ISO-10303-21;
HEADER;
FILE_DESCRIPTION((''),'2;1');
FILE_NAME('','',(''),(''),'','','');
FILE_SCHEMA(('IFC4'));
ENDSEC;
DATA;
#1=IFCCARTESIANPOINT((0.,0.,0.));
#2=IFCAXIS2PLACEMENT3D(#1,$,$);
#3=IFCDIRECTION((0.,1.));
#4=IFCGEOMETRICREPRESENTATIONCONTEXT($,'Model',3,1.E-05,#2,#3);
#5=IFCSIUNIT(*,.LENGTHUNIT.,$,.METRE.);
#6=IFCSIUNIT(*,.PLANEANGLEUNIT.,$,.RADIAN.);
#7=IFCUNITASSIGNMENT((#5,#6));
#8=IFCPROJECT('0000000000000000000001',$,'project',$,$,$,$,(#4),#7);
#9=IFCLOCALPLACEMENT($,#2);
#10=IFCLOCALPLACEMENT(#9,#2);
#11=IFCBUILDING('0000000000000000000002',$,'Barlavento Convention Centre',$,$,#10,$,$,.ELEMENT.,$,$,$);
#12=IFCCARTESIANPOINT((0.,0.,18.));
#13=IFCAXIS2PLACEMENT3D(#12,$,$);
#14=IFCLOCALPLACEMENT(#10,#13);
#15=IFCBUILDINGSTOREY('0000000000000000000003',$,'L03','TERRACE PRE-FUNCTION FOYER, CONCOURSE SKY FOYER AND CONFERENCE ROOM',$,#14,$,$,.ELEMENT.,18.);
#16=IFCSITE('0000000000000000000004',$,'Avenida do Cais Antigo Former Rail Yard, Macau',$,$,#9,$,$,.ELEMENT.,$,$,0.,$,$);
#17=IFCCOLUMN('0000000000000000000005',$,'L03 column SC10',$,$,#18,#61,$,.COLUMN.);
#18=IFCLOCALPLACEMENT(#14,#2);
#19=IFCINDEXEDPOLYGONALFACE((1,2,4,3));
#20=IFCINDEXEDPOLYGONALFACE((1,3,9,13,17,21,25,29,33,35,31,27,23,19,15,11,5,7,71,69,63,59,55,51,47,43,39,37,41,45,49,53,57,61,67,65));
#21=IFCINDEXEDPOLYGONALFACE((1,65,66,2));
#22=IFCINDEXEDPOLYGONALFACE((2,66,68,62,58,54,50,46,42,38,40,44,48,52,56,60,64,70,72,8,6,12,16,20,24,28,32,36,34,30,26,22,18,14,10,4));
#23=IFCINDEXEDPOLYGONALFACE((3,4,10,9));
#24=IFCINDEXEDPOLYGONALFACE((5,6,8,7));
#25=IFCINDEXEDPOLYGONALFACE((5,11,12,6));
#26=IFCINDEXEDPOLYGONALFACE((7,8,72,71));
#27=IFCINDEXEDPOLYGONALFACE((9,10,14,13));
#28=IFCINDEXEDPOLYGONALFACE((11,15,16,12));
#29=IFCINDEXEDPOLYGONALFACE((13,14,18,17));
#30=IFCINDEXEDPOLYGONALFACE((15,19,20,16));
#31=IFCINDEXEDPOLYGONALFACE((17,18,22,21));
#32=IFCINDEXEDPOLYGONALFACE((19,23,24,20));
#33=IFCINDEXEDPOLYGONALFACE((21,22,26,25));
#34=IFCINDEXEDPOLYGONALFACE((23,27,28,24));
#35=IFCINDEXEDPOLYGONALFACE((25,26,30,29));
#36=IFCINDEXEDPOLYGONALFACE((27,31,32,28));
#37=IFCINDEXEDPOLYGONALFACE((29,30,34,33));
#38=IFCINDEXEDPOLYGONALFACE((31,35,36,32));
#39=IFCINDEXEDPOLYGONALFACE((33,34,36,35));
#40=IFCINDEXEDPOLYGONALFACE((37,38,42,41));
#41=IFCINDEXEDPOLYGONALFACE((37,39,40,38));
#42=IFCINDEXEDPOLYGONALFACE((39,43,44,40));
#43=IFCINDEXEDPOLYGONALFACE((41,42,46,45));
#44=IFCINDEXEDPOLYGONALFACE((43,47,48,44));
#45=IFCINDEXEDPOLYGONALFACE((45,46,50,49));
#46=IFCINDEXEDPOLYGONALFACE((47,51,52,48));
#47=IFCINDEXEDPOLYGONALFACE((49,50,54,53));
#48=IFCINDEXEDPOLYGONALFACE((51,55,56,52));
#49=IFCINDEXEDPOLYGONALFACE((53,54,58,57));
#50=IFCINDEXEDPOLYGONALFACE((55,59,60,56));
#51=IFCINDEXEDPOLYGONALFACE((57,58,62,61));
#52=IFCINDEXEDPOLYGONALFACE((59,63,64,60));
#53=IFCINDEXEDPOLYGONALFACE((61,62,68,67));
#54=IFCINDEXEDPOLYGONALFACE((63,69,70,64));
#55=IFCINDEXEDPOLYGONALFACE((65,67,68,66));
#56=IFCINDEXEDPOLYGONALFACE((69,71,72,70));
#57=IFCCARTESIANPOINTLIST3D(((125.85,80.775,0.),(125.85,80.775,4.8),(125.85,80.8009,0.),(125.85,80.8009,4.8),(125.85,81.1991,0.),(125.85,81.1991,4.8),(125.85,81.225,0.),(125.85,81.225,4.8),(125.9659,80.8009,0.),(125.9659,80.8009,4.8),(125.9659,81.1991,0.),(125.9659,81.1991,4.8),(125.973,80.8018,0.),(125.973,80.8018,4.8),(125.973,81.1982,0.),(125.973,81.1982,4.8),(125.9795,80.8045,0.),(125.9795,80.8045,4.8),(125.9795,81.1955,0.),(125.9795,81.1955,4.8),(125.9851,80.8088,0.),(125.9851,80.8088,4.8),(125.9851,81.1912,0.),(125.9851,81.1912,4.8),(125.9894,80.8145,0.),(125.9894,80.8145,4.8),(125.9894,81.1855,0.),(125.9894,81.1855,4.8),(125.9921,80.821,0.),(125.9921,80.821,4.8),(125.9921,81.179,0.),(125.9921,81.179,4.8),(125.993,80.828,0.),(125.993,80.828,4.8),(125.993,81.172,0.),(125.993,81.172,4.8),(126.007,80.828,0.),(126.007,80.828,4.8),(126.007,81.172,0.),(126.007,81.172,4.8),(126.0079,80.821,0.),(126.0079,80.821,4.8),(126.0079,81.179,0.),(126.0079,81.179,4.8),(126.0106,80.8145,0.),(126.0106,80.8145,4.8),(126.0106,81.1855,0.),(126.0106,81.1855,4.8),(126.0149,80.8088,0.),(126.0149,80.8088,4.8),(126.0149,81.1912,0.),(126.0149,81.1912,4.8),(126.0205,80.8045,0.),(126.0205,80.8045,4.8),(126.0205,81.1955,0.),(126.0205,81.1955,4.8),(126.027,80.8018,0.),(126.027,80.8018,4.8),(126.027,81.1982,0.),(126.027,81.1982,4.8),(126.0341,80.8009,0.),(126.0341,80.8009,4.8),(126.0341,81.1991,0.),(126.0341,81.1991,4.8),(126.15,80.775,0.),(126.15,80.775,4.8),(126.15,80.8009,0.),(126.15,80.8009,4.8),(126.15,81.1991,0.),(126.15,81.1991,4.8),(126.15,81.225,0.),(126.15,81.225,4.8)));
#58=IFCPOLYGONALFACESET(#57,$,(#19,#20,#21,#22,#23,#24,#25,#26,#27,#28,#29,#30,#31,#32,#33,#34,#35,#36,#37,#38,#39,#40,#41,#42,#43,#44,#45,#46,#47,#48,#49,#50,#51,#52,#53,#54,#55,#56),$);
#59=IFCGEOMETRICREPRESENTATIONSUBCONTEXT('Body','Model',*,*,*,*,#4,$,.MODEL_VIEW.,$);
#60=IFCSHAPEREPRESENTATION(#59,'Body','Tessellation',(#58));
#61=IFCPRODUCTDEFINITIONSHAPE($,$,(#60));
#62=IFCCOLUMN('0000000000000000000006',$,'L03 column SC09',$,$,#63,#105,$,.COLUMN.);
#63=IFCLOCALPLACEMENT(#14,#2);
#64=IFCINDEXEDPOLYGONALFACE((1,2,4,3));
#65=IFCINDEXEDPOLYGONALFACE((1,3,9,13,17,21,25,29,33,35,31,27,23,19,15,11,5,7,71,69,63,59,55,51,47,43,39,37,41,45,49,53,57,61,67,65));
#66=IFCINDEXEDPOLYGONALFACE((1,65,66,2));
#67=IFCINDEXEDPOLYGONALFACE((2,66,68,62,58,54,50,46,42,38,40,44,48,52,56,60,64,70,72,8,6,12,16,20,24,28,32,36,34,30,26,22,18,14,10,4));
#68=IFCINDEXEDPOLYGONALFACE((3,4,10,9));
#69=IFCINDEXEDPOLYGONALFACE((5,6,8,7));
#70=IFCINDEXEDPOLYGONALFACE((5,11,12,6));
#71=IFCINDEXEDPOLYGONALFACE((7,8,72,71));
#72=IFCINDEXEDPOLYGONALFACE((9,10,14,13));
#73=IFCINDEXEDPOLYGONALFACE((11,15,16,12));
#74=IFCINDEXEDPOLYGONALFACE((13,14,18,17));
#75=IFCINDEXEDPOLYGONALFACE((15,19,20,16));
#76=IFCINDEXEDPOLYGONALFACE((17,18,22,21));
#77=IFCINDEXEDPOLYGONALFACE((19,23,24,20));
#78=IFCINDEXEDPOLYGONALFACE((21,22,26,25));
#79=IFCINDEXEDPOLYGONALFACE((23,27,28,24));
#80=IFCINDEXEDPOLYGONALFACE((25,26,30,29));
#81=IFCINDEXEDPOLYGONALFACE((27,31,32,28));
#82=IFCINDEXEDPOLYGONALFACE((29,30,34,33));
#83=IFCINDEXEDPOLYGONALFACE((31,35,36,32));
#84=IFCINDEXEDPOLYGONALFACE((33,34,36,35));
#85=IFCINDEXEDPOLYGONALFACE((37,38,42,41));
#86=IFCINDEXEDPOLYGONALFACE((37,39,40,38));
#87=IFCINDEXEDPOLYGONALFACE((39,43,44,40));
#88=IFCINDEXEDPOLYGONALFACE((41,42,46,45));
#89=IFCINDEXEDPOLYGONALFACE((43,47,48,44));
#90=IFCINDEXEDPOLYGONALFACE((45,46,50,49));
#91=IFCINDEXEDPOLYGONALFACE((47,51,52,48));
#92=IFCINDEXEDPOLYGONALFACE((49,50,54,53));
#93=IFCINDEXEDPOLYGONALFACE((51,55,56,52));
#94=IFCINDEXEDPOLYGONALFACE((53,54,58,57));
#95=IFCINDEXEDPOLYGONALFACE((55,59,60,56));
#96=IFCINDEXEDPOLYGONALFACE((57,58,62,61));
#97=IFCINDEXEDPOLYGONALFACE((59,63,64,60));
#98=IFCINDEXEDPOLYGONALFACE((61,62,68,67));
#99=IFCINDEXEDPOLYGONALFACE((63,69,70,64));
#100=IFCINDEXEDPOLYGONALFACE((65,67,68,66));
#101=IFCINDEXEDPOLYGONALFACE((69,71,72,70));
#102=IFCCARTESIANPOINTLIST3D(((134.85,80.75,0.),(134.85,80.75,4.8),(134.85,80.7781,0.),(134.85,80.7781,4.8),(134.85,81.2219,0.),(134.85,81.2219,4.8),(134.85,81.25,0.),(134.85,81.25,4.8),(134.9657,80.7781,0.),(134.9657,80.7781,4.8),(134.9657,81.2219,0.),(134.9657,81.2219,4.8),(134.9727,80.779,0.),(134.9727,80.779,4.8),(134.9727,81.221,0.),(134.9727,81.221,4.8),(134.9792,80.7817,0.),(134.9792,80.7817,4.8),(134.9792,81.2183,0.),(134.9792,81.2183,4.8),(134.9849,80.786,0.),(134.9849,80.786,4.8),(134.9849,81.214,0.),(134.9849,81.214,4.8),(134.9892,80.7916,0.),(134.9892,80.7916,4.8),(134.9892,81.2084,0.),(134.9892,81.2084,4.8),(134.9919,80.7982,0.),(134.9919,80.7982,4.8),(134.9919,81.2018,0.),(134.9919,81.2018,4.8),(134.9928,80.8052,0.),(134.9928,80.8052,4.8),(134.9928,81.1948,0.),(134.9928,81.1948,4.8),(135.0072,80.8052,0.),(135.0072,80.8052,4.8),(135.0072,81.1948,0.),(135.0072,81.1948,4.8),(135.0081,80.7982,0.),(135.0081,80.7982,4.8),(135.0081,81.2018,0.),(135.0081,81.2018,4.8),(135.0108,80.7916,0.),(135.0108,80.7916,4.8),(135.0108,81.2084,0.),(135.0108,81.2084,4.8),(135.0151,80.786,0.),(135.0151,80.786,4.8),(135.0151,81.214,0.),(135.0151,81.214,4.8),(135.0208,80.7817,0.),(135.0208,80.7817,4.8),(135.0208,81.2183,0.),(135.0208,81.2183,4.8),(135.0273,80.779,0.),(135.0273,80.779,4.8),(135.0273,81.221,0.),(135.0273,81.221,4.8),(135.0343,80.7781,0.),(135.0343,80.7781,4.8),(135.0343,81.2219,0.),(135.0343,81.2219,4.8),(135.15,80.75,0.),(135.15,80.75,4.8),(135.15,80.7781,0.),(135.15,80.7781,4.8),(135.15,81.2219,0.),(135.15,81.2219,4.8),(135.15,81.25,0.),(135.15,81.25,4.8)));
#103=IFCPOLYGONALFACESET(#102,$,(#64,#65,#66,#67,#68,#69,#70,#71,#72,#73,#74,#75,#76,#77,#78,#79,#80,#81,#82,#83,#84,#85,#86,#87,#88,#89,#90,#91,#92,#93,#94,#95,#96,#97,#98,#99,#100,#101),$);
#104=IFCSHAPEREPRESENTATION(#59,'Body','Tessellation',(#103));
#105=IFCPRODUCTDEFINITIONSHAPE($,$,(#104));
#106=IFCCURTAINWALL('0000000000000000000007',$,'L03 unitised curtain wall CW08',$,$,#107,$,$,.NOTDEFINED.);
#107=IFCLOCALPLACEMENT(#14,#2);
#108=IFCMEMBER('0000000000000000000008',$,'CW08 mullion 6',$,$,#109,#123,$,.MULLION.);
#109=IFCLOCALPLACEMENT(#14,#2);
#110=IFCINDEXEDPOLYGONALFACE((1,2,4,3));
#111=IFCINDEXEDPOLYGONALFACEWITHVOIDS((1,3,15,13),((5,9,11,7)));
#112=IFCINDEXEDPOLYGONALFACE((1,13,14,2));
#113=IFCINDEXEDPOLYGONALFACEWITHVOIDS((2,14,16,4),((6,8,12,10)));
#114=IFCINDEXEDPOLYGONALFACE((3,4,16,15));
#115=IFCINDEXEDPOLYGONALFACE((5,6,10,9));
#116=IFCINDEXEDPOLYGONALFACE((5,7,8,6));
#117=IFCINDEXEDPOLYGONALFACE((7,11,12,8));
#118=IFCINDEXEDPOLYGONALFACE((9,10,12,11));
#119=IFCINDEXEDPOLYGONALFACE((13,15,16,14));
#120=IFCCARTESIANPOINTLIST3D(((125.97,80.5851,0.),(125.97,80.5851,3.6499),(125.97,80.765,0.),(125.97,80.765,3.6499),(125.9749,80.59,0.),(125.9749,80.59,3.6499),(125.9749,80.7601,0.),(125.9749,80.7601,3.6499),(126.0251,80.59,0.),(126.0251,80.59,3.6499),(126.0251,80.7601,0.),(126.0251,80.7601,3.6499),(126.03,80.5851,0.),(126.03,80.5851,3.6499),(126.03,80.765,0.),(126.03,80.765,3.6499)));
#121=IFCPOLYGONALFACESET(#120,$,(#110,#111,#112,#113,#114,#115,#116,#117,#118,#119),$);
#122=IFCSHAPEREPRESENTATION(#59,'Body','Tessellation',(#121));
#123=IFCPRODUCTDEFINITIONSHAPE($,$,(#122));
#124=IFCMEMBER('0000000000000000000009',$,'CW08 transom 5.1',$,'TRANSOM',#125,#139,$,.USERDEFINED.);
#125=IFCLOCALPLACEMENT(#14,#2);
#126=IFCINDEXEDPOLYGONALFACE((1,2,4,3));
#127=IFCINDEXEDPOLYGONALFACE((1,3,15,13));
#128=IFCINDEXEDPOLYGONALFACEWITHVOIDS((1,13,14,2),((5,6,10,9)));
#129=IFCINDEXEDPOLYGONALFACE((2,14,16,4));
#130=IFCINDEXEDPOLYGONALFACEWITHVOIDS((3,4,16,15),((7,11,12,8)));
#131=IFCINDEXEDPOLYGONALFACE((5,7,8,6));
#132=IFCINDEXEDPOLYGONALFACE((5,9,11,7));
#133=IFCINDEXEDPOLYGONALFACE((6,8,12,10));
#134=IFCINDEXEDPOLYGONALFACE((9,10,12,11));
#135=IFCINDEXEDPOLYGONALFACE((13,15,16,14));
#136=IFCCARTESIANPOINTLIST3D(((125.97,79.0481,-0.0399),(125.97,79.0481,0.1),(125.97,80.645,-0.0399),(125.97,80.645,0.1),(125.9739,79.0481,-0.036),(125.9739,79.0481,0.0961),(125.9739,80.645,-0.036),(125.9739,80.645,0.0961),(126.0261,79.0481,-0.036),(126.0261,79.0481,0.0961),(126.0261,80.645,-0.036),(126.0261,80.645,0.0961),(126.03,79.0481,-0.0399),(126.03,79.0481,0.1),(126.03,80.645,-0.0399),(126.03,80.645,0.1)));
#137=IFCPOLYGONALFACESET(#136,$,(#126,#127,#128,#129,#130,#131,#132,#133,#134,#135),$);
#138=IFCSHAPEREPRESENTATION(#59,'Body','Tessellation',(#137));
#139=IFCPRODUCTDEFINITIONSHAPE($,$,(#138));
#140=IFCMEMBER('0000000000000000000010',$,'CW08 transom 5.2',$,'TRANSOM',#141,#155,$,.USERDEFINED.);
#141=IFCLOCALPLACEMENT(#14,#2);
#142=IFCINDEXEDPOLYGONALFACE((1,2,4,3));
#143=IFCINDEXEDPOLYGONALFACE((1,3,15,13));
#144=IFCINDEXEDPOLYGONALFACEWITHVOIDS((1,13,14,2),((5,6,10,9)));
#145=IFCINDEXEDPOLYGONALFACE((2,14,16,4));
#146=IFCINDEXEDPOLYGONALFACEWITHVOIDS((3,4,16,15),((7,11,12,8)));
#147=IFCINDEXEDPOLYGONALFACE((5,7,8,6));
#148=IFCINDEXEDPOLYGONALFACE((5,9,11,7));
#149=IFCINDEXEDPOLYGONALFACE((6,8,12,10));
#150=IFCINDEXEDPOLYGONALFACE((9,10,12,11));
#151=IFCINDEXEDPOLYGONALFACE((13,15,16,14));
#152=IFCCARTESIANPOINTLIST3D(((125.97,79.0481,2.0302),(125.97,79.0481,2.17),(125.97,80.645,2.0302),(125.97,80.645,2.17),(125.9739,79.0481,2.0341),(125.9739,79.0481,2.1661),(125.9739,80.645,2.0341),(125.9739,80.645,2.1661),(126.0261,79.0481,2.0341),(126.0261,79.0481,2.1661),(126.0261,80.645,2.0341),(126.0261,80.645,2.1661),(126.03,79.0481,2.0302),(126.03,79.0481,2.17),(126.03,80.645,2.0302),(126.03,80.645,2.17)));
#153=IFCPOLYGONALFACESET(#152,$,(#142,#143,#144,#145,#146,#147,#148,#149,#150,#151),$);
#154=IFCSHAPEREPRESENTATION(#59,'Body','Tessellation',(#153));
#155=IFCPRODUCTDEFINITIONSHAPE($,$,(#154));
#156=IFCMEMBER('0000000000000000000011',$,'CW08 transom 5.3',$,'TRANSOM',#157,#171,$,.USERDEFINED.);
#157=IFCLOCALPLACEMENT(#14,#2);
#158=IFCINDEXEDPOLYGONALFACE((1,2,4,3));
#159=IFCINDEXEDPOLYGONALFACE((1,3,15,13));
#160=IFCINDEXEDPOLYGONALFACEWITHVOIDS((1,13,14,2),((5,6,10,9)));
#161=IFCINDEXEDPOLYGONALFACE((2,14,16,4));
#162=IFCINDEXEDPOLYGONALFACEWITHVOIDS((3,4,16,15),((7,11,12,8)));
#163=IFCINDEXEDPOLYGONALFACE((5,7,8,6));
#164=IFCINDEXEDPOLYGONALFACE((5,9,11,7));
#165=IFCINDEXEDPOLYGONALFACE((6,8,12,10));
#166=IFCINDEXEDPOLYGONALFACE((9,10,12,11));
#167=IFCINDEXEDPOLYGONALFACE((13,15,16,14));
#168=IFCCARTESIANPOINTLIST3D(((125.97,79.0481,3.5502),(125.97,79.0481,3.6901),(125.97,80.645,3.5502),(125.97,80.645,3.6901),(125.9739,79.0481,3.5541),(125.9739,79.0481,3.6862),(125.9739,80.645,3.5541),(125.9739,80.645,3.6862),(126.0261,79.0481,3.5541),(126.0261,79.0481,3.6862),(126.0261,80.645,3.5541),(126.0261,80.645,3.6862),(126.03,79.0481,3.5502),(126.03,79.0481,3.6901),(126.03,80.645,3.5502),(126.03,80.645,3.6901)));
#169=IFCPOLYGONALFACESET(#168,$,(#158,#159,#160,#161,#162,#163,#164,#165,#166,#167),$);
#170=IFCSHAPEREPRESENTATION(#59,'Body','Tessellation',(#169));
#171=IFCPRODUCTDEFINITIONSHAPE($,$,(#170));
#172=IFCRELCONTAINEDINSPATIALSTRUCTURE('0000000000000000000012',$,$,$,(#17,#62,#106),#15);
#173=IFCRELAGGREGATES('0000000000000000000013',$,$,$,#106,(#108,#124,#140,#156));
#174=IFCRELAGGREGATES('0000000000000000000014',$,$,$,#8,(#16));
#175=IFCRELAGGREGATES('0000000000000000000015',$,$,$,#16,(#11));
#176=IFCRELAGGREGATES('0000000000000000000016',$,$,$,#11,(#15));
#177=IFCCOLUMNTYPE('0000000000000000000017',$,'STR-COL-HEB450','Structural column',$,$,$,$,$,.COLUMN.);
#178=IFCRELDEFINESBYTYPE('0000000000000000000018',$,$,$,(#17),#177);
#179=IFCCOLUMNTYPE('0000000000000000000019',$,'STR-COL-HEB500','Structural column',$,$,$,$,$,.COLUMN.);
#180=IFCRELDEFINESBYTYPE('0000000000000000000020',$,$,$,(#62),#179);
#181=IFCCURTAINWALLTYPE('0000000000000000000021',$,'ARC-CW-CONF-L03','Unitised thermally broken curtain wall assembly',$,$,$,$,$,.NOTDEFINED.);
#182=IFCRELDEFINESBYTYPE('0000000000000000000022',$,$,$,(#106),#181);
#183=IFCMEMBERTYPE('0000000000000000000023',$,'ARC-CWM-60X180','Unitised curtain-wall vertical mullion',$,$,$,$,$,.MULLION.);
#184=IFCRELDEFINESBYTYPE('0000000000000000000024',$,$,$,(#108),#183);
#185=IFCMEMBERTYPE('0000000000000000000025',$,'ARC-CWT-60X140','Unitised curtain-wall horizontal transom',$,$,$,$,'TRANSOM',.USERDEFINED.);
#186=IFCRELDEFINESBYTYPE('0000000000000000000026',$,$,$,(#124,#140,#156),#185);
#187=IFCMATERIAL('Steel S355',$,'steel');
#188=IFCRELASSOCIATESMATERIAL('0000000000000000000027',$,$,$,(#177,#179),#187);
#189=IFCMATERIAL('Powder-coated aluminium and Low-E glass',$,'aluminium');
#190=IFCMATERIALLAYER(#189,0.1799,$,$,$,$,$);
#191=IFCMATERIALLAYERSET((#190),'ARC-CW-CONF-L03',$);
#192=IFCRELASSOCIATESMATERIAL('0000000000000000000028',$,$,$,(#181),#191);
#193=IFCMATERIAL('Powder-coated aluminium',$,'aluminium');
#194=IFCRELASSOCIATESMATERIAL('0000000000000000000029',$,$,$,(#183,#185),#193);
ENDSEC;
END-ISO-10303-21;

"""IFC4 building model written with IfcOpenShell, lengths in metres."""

from ifc_helpers import new_model, si_unit, direction, frame, origin, origin_2d, place, context, subcontext, project, spatial, hollow_rectangle, i_section, extrude, material, layer, layer_set, material_profile, profile_set, type_object, element, aggregate, save


model = new_model("IFC4")

# Units and contexts
model_context = context("Model", 3, precision=1e-05, world=origin(), true_north=direction((0.0, 1.0)))
body_context = subcontext(model_context, "Body", "Model", "MODEL_VIEW")
ifc_project = project(units=[si_unit("LENGTHUNIT", "METRE"), si_unit("PLANEANGLEUNIT", "RADIAN")], contexts=[model_context])

# Site, building, storey
site_placement = place(None, origin())
site = spatial("IfcSite", under=ifc_project, at=site_placement, Name="Avenida do Cais Antigo Former Rail Yard, Macau", CompositionType="ELEMENT", RefElevation=0.0)
building_placement = place(site_placement, origin())
building = spatial("IfcBuilding", under=site, at=building_placement, Name="Barlavento Convention Centre", CompositionType="ELEMENT")
storey_placement = place(building_placement, frame((0.0, 0.0, 18.0)))
storey = spatial("IfcBuildingStorey", under=building, at=storey_placement, Name="L03", Description="TERRACE PRE-FUNCTION FOYER, CONCOURSE SKY FOYER AND CONFERENCE ROOM", CompositionType="ELEMENT", Elevation=18.0)

# Columns
ifc_material_1 = material(Name="Steel S355", Category="steel")
ifc_material_profile_1 = material_profile(ifc_material_1, i_section(OverallWidth=0.3, OverallDepth=0.45, WebThickness=0.0139, FlangeThickness=0.0259, FilletRadius=0.0271, at=origin_2d()), Name="HEB 450")
ifc_profile_set_1 = profile_set([ifc_material_profile_1], Name="Steel S355")
column_type_1 = type_object("IfcColumnType", Name="STR-COL-HEB450", Description="Structural column", PredefinedType="COLUMN", material=ifc_profile_set_1)
column_1_placement = place(storey_placement, frame((126.0, 81.0, 0.0), z_axis=(0.0, 0.0, 1.0), x_axis=(1.0, 0.0, 0.0)))
element("IfcColumn", 1, at=column_1_placement, inside=storey, type_object=column_type_1, Name="L03 column SC10", PredefinedType="COLUMN", context=body_context, shape_type="SweptSolid", body=[
    extrude(i_section(OverallWidth=0.3, OverallDepth=0.45, WebThickness=0.0139, FlangeThickness=0.0259, FilletRadius=0.0271, at=origin_2d()), origin(), (0.0, 0.0, 1.0), 4.8),
])
ifc_material_profile_2 = material_profile(ifc_material_1, i_section(OverallWidth=0.3, OverallDepth=0.5, WebThickness=0.0144, FlangeThickness=0.0281, FilletRadius=0.0271, at=origin_2d()), Name="HEB 500")
ifc_profile_set_2 = profile_set([ifc_material_profile_2], Name="Steel S355")
column_type_2 = type_object("IfcColumnType", Name="STR-COL-HEB500", Description="Structural column", PredefinedType="COLUMN", material=ifc_profile_set_2)
column_2_placement = place(storey_placement, frame((135.0, 81.0, 0.0), z_axis=(0.0, 0.0, 1.0), x_axis=(1.0, 0.0, 0.0)))
element("IfcColumn", 2, at=column_2_placement, inside=storey, type_object=column_type_2, Name="L03 column SC09", PredefinedType="COLUMN", context=body_context, shape_type="SweptSolid", body=[
    extrude(i_section(OverallWidth=0.3, OverallDepth=0.5, WebThickness=0.0144, FlangeThickness=0.0281, FilletRadius=0.0271, at=origin_2d()), origin(), (0.0, 0.0, 1.0), 4.8),
])

# Curtain wall, members
ifc_material_2 = material(Name="Powder-coated aluminium and Low-E glass", Category="aluminium")
ifc_layer_1 = layer(ifc_material_2, 0.1799)
ifc_layer_set_1 = layer_set([ifc_layer_1], Name="ARC-CW-CONF-L03")
curtain_wall_type = type_object("IfcCurtainWallType", Name="ARC-CW-CONF-L03", Description="Unitised thermally broken curtain wall assembly", PredefinedType="NOTDEFINED", material=ifc_layer_set_1)
curtain_wall_placement = place(storey_placement, origin())
curtain_wall = element("IfcCurtainWall", 3, at=curtain_wall_placement, inside=storey, type_object=curtain_wall_type, Name="L03 unitised curtain wall CW08", PredefinedType="NOTDEFINED")
ifc_material_3 = material(Name="Powder-coated aluminium", Category="aluminium")
ifc_material_profile_3 = material_profile(ifc_material_3, hollow_rectangle(XDim=0.0601, YDim=0.1799, WallThickness=0.0049, at=origin_2d()), Name="AL-MULL 60x180x5")
ifc_profile_set_3 = profile_set([ifc_material_profile_3], Name="Powder-coated aluminium")
member_type_1 = type_object("IfcMemberType", Name="ARC-CWM-60X180", Description="Unitised curtain-wall vertical mullion", PredefinedType="MULLION", material=ifc_profile_set_3)
member_1_placement = place(storey_placement, frame((126.0, 80.675, 0.0), z_axis=(0.0, 0.0, 1.0), x_axis=(-1.0, 0.0, 0.0)))
member_1 = element("IfcMember", 4, at=member_1_placement, type_object=member_type_1, Name="CW08 mullion 6", PredefinedType="MULLION", context=body_context, shape_type="SweptSolid", body=[
    extrude(hollow_rectangle(XDim=0.0601, YDim=0.1799, WallThickness=0.0049, at=origin_2d()), origin(), (0.0, 0.0, 1.0), 3.6499),
])
ifc_material_profile_4 = material_profile(ifc_material_3, hollow_rectangle(XDim=0.0601, YDim=0.1399, WallThickness=0.0039, at=origin_2d()), Name="AL-TRAN 60x140x4")
ifc_profile_set_4 = profile_set([ifc_material_profile_4], Name="Powder-coated aluminium")
member_type_2 = type_object("IfcMemberType", Name="ARC-CWT-60X140", Description="Unitised curtain-wall horizontal transom", ElementType="TRANSOM", PredefinedType="USERDEFINED", material=ifc_profile_set_4)
member_2_placement = place(storey_placement, frame((126.0, 79.0481, 0.03), z_axis=(0.0, 1.0, 0.0), x_axis=(-1.0, 0.0, 0.0)))
member_2 = element("IfcMember", 5, at=member_2_placement, type_object=member_type_2, Name="CW08 transom 5.1", ObjectType="TRANSOM", PredefinedType="USERDEFINED", context=body_context, shape_type="SweptSolid", body=[
    extrude(hollow_rectangle(XDim=0.0601, YDim=0.1399, WallThickness=0.0039, at=origin_2d()), origin(), (0.0, 0.0, 1.0), 1.5969),
])
member_3_placement = place(storey_placement, frame((126.0, 79.0481, 2.1001), z_axis=(0.0, 1.0, 0.0), x_axis=(-1.0, 0.0, 0.0)))
member_3 = element("IfcMember", 6, at=member_3_placement, type_object=member_type_2, Name="CW08 transom 5.2", ObjectType="TRANSOM", PredefinedType="USERDEFINED", context=body_context, shape_type="SweptSolid", body=[
    extrude(hollow_rectangle(XDim=0.0601, YDim=0.1399, WallThickness=0.0039, at=origin_2d()), origin(), (0.0, 0.0, 1.0), 1.5969),
])
member_4_placement = place(storey_placement, frame((126.0, 79.0481, 3.6201), z_axis=(0.0, 1.0, 0.0), x_axis=(-1.0, 0.0, 0.0)))
member_4 = element("IfcMember", 7, at=member_4_placement, type_object=member_type_2, Name="CW08 transom 5.3", ObjectType="TRANSOM", PredefinedType="USERDEFINED", context=body_context, shape_type="SweptSolid", body=[
    extrude(hollow_rectangle(XDim=0.0601, YDim=0.1399, WallThickness=0.0039, at=origin_2d()), origin(), (0.0, 0.0, 1.0), 1.5969),
])

aggregate(curtain_wall, [member_1, member_2, member_3, member_4])

save(model, "model.ifc")
